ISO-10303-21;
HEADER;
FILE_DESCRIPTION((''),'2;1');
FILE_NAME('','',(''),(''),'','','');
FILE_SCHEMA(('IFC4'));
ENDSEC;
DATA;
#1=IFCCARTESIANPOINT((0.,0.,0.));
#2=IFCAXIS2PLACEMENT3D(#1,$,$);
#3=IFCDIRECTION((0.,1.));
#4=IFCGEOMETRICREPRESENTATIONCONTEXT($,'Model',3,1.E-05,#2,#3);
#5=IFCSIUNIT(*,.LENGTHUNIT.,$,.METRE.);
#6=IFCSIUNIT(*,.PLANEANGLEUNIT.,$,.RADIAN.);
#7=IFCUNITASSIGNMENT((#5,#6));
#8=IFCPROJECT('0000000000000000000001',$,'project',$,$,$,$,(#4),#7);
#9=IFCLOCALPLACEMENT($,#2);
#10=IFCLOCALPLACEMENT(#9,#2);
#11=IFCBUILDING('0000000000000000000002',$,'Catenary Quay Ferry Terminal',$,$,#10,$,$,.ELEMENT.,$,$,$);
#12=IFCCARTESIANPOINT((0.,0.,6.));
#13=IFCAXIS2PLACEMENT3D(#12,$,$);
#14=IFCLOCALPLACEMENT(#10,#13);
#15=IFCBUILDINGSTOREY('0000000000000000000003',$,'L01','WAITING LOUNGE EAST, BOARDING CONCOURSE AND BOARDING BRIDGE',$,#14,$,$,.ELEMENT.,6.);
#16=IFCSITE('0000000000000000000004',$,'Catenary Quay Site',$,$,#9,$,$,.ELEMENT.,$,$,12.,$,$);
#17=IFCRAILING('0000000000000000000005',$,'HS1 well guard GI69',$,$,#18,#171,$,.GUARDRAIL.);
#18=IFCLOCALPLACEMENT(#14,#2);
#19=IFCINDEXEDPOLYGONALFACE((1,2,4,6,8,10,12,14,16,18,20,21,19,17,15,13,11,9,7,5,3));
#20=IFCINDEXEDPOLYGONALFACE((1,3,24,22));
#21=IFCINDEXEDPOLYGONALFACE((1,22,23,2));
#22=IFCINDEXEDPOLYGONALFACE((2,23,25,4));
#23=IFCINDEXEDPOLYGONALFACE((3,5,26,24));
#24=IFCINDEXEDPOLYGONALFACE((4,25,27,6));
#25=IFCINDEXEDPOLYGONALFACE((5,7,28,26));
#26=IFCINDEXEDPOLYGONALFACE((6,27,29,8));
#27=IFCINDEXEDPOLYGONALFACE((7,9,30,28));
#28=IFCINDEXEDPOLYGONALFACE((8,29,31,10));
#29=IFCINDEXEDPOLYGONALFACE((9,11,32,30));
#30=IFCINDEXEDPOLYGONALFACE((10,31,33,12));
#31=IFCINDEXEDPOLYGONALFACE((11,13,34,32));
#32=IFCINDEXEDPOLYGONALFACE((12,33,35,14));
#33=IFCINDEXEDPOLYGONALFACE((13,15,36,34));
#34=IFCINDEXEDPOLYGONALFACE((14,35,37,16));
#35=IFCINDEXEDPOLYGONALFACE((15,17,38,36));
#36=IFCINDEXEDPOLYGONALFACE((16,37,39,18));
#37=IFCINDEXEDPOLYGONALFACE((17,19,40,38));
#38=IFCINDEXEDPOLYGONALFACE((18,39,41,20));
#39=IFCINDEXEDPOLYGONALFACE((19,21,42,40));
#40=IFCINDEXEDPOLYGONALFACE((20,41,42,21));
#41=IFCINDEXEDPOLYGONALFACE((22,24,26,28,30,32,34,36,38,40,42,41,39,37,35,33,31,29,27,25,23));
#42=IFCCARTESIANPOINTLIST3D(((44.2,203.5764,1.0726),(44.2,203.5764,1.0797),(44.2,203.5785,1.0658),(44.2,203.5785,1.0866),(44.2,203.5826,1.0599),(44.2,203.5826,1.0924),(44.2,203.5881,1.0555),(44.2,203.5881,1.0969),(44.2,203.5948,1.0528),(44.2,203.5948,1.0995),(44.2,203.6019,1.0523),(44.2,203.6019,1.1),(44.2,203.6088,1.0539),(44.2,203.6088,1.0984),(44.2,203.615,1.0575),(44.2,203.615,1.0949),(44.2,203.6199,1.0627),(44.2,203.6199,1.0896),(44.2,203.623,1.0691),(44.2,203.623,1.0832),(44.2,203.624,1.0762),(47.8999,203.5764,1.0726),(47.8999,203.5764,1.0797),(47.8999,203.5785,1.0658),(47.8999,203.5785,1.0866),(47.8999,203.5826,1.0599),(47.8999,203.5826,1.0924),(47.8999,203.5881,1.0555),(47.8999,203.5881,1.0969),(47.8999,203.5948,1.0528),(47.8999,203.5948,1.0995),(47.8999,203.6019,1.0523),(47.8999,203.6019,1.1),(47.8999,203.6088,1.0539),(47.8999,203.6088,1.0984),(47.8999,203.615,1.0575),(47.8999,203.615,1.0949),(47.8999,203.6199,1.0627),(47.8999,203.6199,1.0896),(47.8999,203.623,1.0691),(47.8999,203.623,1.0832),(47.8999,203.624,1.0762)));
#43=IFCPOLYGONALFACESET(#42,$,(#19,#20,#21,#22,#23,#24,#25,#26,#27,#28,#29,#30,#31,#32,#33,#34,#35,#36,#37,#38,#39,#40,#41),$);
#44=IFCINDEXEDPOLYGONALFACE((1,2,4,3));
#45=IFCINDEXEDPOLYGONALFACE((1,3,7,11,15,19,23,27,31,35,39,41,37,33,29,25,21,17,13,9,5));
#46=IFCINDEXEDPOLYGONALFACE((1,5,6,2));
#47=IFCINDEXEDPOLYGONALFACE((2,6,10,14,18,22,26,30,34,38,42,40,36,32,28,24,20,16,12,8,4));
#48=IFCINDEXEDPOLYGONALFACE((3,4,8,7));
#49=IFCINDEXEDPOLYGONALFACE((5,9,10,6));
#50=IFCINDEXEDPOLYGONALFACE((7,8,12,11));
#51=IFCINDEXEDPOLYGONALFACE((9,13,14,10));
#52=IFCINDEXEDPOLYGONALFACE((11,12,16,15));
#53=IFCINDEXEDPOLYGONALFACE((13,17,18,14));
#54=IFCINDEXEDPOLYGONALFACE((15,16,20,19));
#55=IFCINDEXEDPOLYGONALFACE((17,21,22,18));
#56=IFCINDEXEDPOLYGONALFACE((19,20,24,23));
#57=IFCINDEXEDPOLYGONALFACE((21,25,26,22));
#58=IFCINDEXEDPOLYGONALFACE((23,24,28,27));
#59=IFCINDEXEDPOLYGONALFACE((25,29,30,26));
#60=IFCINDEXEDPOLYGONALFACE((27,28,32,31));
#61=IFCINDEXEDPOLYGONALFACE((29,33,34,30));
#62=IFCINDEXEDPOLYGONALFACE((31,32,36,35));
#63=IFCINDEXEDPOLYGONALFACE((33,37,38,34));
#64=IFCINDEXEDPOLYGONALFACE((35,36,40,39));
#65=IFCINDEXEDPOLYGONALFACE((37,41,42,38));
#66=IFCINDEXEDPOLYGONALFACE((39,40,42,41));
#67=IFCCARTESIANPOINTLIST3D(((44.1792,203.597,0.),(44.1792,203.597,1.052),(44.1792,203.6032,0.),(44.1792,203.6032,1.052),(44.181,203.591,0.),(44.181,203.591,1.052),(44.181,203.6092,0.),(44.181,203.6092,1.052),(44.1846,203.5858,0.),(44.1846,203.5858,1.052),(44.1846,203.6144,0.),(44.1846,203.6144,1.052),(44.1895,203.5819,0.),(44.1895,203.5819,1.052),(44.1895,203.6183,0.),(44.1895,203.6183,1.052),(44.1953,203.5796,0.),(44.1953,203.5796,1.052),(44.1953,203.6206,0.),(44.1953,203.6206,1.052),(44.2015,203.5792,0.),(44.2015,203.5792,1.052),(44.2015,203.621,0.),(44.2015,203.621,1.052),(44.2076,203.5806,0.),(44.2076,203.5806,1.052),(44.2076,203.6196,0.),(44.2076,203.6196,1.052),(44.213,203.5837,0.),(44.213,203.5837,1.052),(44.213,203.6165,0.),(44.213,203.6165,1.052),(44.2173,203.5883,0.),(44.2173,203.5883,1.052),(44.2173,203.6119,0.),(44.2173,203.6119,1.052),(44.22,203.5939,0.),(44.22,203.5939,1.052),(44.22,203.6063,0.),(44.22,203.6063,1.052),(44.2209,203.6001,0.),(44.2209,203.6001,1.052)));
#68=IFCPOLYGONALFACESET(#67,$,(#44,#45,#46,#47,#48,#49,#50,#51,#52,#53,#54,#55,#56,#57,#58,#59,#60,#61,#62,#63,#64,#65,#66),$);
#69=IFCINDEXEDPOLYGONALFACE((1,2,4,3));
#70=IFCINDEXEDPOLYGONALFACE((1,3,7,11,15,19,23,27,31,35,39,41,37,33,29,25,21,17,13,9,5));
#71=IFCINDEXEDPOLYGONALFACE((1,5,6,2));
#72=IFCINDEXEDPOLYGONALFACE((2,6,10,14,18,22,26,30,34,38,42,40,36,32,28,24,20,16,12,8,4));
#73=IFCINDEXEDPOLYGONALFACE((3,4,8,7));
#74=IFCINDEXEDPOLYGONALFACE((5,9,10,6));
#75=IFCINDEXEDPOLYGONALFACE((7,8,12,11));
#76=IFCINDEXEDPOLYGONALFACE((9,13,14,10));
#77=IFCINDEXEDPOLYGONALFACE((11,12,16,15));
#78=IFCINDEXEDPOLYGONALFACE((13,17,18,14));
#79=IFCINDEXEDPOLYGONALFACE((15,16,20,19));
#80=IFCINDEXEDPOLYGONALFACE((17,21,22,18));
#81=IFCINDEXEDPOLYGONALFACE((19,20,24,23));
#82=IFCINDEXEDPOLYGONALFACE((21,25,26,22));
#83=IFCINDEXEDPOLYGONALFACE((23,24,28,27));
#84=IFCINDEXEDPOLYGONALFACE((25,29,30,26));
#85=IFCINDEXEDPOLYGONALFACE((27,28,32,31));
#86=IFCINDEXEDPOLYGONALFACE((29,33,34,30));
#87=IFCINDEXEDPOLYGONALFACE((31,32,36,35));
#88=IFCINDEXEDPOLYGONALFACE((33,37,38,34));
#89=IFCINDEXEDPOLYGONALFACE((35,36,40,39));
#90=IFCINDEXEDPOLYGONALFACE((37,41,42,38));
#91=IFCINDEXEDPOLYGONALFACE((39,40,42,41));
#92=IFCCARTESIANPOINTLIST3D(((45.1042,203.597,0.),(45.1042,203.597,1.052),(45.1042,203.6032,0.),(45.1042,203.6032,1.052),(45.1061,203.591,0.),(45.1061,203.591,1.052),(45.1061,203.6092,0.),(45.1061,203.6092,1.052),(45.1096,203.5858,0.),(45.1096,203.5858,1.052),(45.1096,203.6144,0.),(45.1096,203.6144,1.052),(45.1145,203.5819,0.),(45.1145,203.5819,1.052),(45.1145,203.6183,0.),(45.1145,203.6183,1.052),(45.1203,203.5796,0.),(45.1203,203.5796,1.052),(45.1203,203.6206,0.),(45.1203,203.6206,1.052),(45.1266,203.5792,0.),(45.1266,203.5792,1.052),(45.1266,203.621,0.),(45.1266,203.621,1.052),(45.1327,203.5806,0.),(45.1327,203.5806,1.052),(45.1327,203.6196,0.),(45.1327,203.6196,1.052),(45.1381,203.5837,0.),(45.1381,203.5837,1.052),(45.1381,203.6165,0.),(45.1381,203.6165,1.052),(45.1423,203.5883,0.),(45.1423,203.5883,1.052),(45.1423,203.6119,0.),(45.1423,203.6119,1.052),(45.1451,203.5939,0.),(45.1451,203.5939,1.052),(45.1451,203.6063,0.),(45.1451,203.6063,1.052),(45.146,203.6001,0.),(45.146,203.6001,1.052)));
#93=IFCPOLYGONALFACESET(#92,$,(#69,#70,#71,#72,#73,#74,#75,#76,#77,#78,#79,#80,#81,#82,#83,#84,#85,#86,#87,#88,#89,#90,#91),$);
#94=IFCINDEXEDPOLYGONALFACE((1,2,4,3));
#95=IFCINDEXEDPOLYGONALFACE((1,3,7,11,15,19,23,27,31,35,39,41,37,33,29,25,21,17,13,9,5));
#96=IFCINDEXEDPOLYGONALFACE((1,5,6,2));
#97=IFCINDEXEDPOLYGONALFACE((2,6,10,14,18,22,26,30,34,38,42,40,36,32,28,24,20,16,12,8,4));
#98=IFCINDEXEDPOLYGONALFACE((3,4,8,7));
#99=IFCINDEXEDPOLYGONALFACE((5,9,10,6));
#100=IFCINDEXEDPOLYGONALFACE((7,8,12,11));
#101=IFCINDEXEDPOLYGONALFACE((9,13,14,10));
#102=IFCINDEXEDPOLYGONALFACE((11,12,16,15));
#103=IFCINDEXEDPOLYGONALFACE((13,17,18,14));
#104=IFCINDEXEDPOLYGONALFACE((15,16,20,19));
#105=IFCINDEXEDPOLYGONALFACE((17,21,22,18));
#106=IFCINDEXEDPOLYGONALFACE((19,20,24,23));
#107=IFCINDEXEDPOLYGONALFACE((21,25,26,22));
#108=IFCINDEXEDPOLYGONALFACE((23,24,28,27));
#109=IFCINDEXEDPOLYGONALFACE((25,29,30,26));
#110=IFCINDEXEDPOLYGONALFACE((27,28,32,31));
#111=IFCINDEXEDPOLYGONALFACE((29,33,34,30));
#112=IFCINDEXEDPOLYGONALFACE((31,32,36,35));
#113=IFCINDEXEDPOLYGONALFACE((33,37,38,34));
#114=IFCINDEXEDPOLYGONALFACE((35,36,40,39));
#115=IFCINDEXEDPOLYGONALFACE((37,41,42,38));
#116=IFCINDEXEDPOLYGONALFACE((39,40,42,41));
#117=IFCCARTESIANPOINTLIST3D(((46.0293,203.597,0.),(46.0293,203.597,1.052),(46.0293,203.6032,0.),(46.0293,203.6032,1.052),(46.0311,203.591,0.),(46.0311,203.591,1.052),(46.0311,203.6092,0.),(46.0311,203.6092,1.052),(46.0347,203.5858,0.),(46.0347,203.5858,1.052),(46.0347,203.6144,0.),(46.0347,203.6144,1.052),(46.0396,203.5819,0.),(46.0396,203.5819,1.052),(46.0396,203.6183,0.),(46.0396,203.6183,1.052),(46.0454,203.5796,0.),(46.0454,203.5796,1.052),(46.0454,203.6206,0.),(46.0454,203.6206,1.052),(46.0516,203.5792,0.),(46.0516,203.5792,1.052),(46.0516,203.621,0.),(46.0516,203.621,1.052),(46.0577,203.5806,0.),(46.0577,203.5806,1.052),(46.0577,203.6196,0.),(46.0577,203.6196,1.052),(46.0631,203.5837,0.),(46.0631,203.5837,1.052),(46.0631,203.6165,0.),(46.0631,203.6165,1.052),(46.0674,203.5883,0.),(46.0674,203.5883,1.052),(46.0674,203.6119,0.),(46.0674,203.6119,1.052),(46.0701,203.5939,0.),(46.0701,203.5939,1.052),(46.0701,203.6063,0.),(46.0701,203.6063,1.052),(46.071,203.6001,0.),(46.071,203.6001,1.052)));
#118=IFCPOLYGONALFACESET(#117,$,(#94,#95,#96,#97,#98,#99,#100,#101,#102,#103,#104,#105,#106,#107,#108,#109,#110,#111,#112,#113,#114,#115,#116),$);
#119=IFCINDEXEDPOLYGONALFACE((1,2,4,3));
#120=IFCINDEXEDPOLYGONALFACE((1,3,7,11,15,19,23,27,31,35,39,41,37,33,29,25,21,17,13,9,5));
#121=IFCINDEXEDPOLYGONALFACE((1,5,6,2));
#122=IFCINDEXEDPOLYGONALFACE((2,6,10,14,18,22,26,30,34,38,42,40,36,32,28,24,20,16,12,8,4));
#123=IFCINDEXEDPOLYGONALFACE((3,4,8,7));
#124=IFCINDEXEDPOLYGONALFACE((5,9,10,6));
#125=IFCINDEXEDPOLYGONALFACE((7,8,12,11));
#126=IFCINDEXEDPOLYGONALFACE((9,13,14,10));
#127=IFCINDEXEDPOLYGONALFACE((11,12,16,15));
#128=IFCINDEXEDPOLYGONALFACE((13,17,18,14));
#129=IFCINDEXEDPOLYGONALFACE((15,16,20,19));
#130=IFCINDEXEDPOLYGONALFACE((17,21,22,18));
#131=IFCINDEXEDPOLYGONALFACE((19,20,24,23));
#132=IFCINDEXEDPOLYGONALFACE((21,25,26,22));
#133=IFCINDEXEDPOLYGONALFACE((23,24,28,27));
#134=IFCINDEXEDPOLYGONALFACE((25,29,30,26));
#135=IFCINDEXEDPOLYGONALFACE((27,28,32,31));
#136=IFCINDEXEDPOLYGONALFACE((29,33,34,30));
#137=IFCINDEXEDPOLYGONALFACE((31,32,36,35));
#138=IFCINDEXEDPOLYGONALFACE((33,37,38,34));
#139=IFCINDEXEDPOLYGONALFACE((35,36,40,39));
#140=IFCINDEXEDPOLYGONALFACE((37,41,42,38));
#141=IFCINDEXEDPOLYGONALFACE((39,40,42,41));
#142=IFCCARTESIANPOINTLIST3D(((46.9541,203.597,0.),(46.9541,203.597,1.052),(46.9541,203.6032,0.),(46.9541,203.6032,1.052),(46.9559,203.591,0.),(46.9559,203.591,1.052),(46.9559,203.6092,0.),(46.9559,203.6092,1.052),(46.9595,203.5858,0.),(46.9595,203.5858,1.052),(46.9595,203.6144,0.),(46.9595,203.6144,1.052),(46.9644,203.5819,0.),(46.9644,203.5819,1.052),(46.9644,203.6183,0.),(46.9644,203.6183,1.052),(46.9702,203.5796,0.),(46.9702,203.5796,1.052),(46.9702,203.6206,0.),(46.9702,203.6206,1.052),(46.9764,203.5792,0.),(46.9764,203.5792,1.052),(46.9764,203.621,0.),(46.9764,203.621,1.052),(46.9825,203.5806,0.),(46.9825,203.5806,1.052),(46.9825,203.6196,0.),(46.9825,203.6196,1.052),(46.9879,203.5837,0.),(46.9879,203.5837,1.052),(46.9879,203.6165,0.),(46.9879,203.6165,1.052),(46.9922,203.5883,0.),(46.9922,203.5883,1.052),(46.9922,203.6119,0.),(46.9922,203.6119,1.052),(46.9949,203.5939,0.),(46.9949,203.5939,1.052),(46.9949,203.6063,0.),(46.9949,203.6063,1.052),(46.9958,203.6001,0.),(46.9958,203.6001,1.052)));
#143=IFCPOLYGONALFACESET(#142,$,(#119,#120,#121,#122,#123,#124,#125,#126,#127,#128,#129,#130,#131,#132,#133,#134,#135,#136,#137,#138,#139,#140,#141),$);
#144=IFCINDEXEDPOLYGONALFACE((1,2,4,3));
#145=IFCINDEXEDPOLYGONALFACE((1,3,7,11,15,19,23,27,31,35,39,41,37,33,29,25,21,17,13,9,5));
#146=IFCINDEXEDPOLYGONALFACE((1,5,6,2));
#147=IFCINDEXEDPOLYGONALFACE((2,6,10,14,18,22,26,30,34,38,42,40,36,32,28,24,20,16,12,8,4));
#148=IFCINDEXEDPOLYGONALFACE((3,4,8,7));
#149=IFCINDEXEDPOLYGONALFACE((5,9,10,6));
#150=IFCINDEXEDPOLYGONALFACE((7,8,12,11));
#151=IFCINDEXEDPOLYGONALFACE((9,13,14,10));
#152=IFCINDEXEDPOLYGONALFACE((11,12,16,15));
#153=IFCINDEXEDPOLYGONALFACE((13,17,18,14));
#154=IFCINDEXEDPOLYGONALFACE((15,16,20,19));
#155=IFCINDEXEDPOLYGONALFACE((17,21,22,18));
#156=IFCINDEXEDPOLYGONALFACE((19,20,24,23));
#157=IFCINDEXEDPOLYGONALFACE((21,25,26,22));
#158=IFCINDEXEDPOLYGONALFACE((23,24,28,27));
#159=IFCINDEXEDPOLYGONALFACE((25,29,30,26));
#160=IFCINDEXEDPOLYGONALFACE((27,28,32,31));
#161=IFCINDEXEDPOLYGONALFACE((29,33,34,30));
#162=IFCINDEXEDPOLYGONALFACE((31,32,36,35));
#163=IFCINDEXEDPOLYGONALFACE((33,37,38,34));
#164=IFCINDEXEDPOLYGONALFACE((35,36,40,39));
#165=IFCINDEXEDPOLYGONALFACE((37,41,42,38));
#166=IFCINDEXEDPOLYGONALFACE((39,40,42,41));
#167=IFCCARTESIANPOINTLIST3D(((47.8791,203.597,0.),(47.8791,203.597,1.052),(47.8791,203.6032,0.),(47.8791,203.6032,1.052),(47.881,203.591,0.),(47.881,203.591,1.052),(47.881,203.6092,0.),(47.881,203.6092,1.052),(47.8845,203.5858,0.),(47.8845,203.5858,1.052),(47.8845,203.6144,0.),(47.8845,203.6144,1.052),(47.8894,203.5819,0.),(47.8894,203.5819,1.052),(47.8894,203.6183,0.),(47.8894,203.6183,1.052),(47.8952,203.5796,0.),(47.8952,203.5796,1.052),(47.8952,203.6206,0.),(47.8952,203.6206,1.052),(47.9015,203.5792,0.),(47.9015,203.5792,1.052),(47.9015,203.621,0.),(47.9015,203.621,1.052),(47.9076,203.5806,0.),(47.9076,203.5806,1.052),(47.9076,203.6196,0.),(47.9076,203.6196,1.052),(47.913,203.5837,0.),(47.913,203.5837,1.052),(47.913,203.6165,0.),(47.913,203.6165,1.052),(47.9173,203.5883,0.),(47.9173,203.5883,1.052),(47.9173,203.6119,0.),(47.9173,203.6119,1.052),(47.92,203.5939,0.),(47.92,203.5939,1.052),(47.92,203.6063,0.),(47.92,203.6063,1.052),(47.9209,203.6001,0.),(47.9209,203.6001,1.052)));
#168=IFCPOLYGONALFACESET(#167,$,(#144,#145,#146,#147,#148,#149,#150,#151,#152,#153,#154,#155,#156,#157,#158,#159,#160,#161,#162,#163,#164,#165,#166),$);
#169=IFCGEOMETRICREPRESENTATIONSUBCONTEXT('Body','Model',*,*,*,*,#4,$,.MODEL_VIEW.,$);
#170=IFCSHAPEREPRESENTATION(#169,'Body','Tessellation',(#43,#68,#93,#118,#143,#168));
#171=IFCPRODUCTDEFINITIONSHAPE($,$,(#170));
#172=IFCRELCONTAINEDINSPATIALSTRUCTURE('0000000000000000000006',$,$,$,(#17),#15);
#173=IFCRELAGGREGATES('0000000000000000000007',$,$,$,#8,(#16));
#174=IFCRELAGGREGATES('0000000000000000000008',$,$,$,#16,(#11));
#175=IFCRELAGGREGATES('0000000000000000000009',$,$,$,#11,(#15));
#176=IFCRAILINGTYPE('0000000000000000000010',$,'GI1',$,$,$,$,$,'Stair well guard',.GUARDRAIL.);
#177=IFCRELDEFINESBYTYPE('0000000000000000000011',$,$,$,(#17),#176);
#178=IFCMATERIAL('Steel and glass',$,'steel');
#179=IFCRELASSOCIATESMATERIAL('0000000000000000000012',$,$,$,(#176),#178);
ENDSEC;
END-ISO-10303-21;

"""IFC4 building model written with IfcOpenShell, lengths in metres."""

from ifc_helpers import new_model, si_unit, direction, frame, origin, origin_2d, place, context, subcontext, project, spatial, circle, extrude, material, type_object, element, save


model = new_model("IFC4")

# Units and contexts
model_context = context("Model", 3, precision=1e-05, world=origin(), true_north=direction((0.0, 1.0)))
body_context = subcontext(model_context, "Body", "Model", "MODEL_VIEW")
ifc_project = project(units=[si_unit("LENGTHUNIT", "METRE"), si_unit("PLANEANGLEUNIT", "RADIAN")], contexts=[model_context])

# Site, building, storey
site_placement = place(None, origin())
site = spatial("IfcSite", under=ifc_project, at=site_placement, Name="Catenary Quay Site", CompositionType="ELEMENT", RefElevation=12.0)
building_placement = place(site_placement, origin())
building = spatial("IfcBuilding", under=site, at=building_placement, Name="Catenary Quay Ferry Terminal", CompositionType="ELEMENT")
storey_placement = place(building_placement, frame((0.0, 0.0, 6.0)))
storey = spatial("IfcBuildingStorey", under=building, at=storey_placement, Name="L01", Description="WAITING LOUNGE EAST, BOARDING CONCOURSE AND BOARDING BRIDGE", CompositionType="ELEMENT", Elevation=6.0)

# Railing
ifc_material_1 = material(Name="Steel and glass", Category="steel")
railing_type_1 = type_object("IfcRailingType", Name="GI1", ElementType="Stair well guard", PredefinedType="GUARDRAIL", material=ifc_material_1)
railing_1_placement = place(storey_placement, frame((44.2, 203.6001, 0.0)))
element("IfcRailing", 1, at=railing_1_placement, inside=storey, type_object=railing_type_1, Name="HS1 well guard GI69", PredefinedType="GUARDRAIL", context=body_context, shape_type="SweptSolid", body=[
    extrude(circle(Radius=0.0239, at=origin_2d()), frame((0.0, 0.0, 1.0762), z_axis=(1.0, 0.0, 0.0), x_axis=(0.0, 1.0, 0.0)), (0.0, 0.0, 1.0), 3.7),
    extrude(circle(Radius=0.021, at=origin_2d()), origin(), (0.0, 0.0, 1.0), 1.052),
    extrude(circle(Radius=0.021, at=origin_2d()), frame((0.925, 0.0, 0.0)), (0.0, 0.0, 1.0), 1.052),
    extrude(circle(Radius=0.021, at=origin_2d()), frame((1.8501, 0.0, 0.0)), (0.0, 0.0, 1.0), 1.052),
    extrude(circle(Radius=0.021, at=origin_2d()), frame((2.7749, 0.0, 0.0)), (0.0, 0.0, 1.0), 1.052),
    extrude(circle(Radius=0.021, at=origin_2d()), frame((3.7, 0.0, 0.0)), (0.0, 0.0, 1.0), 1.052),
])

save(model, "model.ifc")
